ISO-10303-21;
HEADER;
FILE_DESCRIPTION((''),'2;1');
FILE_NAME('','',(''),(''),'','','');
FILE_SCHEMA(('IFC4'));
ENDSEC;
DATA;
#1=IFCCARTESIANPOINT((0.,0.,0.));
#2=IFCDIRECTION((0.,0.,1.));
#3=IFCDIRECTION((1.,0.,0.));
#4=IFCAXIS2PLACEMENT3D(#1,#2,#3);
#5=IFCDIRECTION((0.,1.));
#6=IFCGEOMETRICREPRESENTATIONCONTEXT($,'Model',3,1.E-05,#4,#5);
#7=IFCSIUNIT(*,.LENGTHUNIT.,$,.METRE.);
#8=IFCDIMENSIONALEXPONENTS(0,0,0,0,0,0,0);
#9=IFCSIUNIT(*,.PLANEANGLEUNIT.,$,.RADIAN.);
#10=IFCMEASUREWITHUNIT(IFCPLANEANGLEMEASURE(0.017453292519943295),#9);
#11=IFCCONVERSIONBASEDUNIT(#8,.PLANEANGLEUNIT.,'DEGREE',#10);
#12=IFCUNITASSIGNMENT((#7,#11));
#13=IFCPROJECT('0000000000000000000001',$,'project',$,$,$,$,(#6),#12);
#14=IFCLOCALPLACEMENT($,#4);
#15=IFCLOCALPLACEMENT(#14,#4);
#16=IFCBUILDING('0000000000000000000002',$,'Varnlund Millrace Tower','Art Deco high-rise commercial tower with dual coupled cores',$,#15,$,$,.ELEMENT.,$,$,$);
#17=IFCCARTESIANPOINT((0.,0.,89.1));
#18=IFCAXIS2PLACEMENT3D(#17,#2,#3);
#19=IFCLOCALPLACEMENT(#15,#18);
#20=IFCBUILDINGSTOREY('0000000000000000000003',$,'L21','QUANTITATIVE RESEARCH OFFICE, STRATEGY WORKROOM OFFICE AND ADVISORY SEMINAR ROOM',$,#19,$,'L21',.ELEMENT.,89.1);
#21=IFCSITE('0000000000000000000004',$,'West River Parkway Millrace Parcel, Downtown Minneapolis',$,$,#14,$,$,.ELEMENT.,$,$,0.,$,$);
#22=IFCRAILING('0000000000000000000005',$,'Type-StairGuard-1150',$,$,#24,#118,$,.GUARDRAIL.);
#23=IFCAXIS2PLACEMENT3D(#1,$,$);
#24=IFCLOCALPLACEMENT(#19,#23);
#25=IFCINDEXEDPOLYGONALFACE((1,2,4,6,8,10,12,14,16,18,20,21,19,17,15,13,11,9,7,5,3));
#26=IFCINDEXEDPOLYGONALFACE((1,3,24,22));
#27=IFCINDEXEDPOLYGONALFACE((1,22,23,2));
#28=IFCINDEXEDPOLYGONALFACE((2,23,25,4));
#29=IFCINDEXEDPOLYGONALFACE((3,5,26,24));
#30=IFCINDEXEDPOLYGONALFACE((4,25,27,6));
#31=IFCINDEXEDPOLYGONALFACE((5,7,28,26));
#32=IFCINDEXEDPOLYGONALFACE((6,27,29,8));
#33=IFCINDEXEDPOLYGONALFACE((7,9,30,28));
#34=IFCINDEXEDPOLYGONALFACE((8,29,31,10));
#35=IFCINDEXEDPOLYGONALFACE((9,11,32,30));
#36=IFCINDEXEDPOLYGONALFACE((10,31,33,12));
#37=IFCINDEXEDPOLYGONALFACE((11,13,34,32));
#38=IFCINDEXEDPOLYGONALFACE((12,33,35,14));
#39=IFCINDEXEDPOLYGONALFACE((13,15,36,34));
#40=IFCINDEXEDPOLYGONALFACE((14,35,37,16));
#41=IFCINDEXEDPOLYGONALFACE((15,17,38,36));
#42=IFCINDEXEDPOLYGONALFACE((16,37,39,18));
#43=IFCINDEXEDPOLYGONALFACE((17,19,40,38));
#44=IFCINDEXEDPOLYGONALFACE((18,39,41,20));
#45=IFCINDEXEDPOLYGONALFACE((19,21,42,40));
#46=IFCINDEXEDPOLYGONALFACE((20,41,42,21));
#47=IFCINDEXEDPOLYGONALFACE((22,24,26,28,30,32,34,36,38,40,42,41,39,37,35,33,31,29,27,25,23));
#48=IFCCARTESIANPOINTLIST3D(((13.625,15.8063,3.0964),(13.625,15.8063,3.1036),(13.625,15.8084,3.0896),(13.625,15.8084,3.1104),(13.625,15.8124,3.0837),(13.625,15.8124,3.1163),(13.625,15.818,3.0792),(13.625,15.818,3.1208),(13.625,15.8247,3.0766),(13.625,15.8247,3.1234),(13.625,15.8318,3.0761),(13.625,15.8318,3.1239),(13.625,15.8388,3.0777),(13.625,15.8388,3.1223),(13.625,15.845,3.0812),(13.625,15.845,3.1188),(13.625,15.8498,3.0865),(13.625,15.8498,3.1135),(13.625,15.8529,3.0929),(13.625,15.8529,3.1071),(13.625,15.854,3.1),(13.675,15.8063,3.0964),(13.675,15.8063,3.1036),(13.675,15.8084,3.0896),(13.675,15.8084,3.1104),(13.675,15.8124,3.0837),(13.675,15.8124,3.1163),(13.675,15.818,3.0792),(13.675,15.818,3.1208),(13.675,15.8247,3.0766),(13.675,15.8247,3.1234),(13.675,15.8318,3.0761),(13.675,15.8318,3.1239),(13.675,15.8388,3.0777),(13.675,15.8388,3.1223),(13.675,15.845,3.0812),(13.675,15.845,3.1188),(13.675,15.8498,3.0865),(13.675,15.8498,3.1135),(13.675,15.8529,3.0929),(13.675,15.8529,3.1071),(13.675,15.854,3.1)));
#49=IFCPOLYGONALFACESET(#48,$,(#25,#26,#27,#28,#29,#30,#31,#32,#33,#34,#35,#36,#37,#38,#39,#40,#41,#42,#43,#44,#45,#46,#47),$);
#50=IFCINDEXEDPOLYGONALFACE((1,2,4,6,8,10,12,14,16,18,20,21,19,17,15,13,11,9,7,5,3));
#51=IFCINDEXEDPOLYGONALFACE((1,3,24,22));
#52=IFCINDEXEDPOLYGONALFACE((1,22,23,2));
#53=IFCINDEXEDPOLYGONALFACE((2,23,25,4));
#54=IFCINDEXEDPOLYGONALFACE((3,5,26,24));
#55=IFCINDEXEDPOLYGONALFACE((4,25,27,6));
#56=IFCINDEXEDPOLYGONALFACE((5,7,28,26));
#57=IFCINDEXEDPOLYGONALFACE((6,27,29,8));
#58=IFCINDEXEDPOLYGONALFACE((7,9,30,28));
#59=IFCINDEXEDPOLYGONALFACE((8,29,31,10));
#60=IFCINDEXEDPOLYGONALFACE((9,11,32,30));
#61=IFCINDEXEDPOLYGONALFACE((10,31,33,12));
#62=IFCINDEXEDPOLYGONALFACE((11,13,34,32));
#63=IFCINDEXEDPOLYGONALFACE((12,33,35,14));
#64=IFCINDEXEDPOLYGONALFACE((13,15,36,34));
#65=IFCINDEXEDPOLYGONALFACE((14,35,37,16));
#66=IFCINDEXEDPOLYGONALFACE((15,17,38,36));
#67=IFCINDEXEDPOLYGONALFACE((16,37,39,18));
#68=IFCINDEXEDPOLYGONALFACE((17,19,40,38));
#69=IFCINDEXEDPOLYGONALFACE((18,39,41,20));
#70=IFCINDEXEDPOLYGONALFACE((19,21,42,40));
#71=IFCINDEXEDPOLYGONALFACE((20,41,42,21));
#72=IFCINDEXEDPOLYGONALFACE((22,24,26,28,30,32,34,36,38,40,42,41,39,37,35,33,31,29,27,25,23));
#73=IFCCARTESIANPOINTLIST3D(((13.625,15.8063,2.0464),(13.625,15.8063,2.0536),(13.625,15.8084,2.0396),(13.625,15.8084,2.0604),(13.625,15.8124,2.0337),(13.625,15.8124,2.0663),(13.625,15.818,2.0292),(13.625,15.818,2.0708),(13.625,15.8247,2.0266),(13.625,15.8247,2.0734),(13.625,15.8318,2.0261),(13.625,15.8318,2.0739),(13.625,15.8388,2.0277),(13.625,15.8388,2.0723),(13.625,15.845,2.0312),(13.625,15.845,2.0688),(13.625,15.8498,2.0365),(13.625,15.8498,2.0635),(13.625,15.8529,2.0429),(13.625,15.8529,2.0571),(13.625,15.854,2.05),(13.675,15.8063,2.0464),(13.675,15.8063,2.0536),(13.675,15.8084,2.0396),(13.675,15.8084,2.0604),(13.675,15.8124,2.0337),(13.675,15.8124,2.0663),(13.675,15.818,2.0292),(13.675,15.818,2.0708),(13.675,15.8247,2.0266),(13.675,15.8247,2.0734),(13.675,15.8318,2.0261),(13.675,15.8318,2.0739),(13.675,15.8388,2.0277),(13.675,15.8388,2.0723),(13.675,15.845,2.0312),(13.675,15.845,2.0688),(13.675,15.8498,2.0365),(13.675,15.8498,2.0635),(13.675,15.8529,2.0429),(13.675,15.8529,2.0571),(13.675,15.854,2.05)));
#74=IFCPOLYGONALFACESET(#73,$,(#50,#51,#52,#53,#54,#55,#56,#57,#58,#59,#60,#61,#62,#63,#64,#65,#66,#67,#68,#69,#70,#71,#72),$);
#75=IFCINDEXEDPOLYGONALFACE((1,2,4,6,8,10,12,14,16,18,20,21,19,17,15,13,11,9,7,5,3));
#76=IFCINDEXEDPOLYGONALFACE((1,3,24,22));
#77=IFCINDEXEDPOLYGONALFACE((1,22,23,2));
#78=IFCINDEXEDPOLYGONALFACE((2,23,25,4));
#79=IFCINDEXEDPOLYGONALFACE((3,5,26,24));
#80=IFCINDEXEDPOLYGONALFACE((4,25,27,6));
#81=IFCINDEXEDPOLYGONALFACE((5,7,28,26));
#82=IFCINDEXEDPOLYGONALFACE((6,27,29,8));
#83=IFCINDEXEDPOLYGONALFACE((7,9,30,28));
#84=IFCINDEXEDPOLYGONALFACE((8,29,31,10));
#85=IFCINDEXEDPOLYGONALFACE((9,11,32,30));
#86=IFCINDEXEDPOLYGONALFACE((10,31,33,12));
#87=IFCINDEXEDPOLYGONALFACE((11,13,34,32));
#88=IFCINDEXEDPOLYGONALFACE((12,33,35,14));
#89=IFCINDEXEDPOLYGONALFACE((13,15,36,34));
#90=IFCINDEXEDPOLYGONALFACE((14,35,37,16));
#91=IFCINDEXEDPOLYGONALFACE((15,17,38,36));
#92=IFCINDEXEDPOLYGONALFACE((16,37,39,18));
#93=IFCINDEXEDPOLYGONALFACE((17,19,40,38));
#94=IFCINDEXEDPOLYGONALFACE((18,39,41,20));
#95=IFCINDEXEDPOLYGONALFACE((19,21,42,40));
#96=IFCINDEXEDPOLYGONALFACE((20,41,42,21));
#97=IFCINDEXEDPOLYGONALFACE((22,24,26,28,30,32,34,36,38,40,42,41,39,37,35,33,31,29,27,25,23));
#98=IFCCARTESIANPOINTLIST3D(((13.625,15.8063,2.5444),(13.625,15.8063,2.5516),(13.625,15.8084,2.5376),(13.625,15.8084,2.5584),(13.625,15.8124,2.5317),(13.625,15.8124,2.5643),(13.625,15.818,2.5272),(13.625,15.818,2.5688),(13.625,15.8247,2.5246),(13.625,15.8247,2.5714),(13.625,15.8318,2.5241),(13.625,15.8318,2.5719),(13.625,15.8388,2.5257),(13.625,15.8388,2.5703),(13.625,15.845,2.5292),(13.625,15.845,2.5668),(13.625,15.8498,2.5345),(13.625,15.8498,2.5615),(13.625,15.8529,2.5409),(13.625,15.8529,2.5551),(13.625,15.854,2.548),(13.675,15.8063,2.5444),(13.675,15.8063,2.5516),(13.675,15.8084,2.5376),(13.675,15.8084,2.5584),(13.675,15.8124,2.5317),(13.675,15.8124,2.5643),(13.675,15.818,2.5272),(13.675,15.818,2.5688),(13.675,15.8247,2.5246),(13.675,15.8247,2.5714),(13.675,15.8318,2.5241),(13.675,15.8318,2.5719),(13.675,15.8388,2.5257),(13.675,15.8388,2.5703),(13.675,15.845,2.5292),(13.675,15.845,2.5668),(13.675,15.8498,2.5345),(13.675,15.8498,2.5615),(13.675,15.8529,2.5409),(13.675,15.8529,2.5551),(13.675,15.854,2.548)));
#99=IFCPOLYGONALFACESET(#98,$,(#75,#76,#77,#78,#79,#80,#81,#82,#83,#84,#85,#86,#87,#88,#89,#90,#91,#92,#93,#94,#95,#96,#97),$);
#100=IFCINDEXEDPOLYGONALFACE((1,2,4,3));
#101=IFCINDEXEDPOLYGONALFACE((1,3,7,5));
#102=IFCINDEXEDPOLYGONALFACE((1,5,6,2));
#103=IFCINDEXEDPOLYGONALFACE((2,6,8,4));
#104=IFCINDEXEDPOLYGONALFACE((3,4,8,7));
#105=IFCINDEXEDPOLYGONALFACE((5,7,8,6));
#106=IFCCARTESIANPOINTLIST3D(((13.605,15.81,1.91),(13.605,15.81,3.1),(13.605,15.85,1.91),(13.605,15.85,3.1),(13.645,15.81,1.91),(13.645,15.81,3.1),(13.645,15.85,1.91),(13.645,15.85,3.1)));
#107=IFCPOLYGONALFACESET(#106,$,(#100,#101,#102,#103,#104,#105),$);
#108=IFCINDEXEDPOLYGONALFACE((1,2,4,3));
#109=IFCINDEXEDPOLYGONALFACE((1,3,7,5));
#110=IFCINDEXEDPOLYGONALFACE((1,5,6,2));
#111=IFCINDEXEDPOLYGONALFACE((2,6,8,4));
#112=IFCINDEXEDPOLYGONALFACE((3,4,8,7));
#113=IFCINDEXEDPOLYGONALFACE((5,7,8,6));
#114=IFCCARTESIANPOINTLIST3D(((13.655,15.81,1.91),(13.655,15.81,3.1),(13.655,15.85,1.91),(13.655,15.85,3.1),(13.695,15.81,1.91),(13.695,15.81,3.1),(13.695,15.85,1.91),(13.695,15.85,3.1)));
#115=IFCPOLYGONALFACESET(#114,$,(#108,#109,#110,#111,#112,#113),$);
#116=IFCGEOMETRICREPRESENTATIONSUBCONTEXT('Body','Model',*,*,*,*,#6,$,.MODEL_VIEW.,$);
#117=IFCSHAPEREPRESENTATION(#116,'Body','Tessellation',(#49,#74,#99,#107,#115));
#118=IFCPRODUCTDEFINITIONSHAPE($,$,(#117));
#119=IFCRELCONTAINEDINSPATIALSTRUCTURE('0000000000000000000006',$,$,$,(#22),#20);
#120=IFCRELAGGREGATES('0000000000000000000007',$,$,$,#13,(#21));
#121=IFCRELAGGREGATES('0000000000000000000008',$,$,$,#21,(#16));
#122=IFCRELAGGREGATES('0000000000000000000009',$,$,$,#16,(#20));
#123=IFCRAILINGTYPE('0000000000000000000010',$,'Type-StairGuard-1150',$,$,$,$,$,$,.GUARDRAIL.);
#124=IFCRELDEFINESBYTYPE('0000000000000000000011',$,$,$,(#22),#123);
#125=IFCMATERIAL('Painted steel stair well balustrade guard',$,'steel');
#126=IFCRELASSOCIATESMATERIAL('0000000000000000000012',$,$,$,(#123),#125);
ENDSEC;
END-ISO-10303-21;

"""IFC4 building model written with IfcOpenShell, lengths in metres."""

from ifc_helpers import new_model, entity, si_unit, converted_unit, direction, frame, origin_with_axes, origin_2d_with_axis, place, context, subcontext, project, spatial, rectangle, circle, extrude, material, type_object, element, save


model = new_model("IFC4")

# Units and contexts
model_context = context("Model", 3, precision=1e-05, world=origin_with_axes(), true_north=direction((0.0, 1.0)))
body_context = subcontext(model_context, "Body", "Model", "MODEL_VIEW")
ifc_project = project(units=[si_unit("LENGTHUNIT", "METRE"), converted_unit("PLANEANGLEUNIT", "DEGREE", entity("IfcPlaneAngleMeasure", 0.017453292519943295), si_unit("PLANEANGLEUNIT", "RADIAN"), dimensions=[0, 0, 0, 0, 0, 0, 0])], contexts=[model_context])

# Site, building, storey
site_placement = place(None, origin_with_axes())
site = spatial("IfcSite", under=ifc_project, at=site_placement, Name="West River Parkway Millrace Parcel, Downtown Minneapolis", CompositionType="ELEMENT", RefElevation=0.0)
building_placement = place(site_placement, origin_with_axes())
building = spatial("IfcBuilding", under=site, at=building_placement, Name="Varnlund Millrace Tower", Description="Art Deco high-rise commercial tower with dual coupled cores", CompositionType="ELEMENT")
storey_placement = place(building_placement, frame((0.0, 0.0, 89.1), z_axis=(0.0, 0.0, 1.0), x_axis=(1.0, 0.0, 0.0)))
storey = spatial("IfcBuildingStorey", under=building, at=storey_placement, Name="L21", Description="QUANTITATIVE RESEARCH OFFICE, STRATEGY WORKROOM OFFICE AND ADVISORY SEMINAR ROOM", LongName="L21", CompositionType="ELEMENT", Elevation=89.1)

# Railing
ifc_material_1 = material(Name="Painted steel stair well balustrade guard", Category="steel")
railing_type_1 = type_object("IfcRailingType", Name="Type-StairGuard-1150", PredefinedType="GUARDRAIL", material=ifc_material_1)
railing_1_placement = place(storey_placement, frame((0.0, 0.0, -89.1), z_axis=(0.0, 0.0, 1.0), x_axis=(1.0, 0.0, 0.0)))
element("IfcRailing", 1, at=railing_1_placement, inside=storey, type_object=railing_type_1, Name="Type-StairGuard-1150", PredefinedType="GUARDRAIL", context=body_context, shape_type="SweptSolid", body=[
    extrude(circle(Radius=0.024, at=origin_2d_with_axis()), frame((13.625, 15.83, 92.2), z_axis=(1.0, 0.0, 0.0), x_axis=(0.0, 1.0, 0.0)), (0.0, 0.0, 1.0), 0.05),
    extrude(circle(Radius=0.024, at=origin_2d_with_axis()), frame((13.625, 15.83, 91.15), z_axis=(1.0, 0.0, 0.0), x_axis=(0.0, 1.0, 0.0)), (0.0, 0.0, 1.0), 0.05),
    extrude(circle(Radius=0.024, at=origin_2d_with_axis()), frame((13.625, 15.83, 91.648), z_axis=(1.0, 0.0, 0.0), x_axis=(0.0, 1.0, 0.0)), (0.0, 0.0, 1.0), 0.05),
    extrude(rectangle(XDim=0.04, YDim=0.04, at=origin_2d_with_axis()), frame((13.625, 15.83, 91.01), z_axis=(0.0, 0.0, 1.0), x_axis=(1.0, 0.0, 0.0)), (0.0, 0.0, 1.0), 1.19),
    extrude(rectangle(XDim=0.04, YDim=0.04, at=origin_2d_with_axis()), frame((13.675, 15.83, 91.01), z_axis=(0.0, 0.0, 1.0), x_axis=(1.0, 0.0, 0.0)), (0.0, 0.0, 1.0), 1.19),
])

save(model, "model.ifc")
